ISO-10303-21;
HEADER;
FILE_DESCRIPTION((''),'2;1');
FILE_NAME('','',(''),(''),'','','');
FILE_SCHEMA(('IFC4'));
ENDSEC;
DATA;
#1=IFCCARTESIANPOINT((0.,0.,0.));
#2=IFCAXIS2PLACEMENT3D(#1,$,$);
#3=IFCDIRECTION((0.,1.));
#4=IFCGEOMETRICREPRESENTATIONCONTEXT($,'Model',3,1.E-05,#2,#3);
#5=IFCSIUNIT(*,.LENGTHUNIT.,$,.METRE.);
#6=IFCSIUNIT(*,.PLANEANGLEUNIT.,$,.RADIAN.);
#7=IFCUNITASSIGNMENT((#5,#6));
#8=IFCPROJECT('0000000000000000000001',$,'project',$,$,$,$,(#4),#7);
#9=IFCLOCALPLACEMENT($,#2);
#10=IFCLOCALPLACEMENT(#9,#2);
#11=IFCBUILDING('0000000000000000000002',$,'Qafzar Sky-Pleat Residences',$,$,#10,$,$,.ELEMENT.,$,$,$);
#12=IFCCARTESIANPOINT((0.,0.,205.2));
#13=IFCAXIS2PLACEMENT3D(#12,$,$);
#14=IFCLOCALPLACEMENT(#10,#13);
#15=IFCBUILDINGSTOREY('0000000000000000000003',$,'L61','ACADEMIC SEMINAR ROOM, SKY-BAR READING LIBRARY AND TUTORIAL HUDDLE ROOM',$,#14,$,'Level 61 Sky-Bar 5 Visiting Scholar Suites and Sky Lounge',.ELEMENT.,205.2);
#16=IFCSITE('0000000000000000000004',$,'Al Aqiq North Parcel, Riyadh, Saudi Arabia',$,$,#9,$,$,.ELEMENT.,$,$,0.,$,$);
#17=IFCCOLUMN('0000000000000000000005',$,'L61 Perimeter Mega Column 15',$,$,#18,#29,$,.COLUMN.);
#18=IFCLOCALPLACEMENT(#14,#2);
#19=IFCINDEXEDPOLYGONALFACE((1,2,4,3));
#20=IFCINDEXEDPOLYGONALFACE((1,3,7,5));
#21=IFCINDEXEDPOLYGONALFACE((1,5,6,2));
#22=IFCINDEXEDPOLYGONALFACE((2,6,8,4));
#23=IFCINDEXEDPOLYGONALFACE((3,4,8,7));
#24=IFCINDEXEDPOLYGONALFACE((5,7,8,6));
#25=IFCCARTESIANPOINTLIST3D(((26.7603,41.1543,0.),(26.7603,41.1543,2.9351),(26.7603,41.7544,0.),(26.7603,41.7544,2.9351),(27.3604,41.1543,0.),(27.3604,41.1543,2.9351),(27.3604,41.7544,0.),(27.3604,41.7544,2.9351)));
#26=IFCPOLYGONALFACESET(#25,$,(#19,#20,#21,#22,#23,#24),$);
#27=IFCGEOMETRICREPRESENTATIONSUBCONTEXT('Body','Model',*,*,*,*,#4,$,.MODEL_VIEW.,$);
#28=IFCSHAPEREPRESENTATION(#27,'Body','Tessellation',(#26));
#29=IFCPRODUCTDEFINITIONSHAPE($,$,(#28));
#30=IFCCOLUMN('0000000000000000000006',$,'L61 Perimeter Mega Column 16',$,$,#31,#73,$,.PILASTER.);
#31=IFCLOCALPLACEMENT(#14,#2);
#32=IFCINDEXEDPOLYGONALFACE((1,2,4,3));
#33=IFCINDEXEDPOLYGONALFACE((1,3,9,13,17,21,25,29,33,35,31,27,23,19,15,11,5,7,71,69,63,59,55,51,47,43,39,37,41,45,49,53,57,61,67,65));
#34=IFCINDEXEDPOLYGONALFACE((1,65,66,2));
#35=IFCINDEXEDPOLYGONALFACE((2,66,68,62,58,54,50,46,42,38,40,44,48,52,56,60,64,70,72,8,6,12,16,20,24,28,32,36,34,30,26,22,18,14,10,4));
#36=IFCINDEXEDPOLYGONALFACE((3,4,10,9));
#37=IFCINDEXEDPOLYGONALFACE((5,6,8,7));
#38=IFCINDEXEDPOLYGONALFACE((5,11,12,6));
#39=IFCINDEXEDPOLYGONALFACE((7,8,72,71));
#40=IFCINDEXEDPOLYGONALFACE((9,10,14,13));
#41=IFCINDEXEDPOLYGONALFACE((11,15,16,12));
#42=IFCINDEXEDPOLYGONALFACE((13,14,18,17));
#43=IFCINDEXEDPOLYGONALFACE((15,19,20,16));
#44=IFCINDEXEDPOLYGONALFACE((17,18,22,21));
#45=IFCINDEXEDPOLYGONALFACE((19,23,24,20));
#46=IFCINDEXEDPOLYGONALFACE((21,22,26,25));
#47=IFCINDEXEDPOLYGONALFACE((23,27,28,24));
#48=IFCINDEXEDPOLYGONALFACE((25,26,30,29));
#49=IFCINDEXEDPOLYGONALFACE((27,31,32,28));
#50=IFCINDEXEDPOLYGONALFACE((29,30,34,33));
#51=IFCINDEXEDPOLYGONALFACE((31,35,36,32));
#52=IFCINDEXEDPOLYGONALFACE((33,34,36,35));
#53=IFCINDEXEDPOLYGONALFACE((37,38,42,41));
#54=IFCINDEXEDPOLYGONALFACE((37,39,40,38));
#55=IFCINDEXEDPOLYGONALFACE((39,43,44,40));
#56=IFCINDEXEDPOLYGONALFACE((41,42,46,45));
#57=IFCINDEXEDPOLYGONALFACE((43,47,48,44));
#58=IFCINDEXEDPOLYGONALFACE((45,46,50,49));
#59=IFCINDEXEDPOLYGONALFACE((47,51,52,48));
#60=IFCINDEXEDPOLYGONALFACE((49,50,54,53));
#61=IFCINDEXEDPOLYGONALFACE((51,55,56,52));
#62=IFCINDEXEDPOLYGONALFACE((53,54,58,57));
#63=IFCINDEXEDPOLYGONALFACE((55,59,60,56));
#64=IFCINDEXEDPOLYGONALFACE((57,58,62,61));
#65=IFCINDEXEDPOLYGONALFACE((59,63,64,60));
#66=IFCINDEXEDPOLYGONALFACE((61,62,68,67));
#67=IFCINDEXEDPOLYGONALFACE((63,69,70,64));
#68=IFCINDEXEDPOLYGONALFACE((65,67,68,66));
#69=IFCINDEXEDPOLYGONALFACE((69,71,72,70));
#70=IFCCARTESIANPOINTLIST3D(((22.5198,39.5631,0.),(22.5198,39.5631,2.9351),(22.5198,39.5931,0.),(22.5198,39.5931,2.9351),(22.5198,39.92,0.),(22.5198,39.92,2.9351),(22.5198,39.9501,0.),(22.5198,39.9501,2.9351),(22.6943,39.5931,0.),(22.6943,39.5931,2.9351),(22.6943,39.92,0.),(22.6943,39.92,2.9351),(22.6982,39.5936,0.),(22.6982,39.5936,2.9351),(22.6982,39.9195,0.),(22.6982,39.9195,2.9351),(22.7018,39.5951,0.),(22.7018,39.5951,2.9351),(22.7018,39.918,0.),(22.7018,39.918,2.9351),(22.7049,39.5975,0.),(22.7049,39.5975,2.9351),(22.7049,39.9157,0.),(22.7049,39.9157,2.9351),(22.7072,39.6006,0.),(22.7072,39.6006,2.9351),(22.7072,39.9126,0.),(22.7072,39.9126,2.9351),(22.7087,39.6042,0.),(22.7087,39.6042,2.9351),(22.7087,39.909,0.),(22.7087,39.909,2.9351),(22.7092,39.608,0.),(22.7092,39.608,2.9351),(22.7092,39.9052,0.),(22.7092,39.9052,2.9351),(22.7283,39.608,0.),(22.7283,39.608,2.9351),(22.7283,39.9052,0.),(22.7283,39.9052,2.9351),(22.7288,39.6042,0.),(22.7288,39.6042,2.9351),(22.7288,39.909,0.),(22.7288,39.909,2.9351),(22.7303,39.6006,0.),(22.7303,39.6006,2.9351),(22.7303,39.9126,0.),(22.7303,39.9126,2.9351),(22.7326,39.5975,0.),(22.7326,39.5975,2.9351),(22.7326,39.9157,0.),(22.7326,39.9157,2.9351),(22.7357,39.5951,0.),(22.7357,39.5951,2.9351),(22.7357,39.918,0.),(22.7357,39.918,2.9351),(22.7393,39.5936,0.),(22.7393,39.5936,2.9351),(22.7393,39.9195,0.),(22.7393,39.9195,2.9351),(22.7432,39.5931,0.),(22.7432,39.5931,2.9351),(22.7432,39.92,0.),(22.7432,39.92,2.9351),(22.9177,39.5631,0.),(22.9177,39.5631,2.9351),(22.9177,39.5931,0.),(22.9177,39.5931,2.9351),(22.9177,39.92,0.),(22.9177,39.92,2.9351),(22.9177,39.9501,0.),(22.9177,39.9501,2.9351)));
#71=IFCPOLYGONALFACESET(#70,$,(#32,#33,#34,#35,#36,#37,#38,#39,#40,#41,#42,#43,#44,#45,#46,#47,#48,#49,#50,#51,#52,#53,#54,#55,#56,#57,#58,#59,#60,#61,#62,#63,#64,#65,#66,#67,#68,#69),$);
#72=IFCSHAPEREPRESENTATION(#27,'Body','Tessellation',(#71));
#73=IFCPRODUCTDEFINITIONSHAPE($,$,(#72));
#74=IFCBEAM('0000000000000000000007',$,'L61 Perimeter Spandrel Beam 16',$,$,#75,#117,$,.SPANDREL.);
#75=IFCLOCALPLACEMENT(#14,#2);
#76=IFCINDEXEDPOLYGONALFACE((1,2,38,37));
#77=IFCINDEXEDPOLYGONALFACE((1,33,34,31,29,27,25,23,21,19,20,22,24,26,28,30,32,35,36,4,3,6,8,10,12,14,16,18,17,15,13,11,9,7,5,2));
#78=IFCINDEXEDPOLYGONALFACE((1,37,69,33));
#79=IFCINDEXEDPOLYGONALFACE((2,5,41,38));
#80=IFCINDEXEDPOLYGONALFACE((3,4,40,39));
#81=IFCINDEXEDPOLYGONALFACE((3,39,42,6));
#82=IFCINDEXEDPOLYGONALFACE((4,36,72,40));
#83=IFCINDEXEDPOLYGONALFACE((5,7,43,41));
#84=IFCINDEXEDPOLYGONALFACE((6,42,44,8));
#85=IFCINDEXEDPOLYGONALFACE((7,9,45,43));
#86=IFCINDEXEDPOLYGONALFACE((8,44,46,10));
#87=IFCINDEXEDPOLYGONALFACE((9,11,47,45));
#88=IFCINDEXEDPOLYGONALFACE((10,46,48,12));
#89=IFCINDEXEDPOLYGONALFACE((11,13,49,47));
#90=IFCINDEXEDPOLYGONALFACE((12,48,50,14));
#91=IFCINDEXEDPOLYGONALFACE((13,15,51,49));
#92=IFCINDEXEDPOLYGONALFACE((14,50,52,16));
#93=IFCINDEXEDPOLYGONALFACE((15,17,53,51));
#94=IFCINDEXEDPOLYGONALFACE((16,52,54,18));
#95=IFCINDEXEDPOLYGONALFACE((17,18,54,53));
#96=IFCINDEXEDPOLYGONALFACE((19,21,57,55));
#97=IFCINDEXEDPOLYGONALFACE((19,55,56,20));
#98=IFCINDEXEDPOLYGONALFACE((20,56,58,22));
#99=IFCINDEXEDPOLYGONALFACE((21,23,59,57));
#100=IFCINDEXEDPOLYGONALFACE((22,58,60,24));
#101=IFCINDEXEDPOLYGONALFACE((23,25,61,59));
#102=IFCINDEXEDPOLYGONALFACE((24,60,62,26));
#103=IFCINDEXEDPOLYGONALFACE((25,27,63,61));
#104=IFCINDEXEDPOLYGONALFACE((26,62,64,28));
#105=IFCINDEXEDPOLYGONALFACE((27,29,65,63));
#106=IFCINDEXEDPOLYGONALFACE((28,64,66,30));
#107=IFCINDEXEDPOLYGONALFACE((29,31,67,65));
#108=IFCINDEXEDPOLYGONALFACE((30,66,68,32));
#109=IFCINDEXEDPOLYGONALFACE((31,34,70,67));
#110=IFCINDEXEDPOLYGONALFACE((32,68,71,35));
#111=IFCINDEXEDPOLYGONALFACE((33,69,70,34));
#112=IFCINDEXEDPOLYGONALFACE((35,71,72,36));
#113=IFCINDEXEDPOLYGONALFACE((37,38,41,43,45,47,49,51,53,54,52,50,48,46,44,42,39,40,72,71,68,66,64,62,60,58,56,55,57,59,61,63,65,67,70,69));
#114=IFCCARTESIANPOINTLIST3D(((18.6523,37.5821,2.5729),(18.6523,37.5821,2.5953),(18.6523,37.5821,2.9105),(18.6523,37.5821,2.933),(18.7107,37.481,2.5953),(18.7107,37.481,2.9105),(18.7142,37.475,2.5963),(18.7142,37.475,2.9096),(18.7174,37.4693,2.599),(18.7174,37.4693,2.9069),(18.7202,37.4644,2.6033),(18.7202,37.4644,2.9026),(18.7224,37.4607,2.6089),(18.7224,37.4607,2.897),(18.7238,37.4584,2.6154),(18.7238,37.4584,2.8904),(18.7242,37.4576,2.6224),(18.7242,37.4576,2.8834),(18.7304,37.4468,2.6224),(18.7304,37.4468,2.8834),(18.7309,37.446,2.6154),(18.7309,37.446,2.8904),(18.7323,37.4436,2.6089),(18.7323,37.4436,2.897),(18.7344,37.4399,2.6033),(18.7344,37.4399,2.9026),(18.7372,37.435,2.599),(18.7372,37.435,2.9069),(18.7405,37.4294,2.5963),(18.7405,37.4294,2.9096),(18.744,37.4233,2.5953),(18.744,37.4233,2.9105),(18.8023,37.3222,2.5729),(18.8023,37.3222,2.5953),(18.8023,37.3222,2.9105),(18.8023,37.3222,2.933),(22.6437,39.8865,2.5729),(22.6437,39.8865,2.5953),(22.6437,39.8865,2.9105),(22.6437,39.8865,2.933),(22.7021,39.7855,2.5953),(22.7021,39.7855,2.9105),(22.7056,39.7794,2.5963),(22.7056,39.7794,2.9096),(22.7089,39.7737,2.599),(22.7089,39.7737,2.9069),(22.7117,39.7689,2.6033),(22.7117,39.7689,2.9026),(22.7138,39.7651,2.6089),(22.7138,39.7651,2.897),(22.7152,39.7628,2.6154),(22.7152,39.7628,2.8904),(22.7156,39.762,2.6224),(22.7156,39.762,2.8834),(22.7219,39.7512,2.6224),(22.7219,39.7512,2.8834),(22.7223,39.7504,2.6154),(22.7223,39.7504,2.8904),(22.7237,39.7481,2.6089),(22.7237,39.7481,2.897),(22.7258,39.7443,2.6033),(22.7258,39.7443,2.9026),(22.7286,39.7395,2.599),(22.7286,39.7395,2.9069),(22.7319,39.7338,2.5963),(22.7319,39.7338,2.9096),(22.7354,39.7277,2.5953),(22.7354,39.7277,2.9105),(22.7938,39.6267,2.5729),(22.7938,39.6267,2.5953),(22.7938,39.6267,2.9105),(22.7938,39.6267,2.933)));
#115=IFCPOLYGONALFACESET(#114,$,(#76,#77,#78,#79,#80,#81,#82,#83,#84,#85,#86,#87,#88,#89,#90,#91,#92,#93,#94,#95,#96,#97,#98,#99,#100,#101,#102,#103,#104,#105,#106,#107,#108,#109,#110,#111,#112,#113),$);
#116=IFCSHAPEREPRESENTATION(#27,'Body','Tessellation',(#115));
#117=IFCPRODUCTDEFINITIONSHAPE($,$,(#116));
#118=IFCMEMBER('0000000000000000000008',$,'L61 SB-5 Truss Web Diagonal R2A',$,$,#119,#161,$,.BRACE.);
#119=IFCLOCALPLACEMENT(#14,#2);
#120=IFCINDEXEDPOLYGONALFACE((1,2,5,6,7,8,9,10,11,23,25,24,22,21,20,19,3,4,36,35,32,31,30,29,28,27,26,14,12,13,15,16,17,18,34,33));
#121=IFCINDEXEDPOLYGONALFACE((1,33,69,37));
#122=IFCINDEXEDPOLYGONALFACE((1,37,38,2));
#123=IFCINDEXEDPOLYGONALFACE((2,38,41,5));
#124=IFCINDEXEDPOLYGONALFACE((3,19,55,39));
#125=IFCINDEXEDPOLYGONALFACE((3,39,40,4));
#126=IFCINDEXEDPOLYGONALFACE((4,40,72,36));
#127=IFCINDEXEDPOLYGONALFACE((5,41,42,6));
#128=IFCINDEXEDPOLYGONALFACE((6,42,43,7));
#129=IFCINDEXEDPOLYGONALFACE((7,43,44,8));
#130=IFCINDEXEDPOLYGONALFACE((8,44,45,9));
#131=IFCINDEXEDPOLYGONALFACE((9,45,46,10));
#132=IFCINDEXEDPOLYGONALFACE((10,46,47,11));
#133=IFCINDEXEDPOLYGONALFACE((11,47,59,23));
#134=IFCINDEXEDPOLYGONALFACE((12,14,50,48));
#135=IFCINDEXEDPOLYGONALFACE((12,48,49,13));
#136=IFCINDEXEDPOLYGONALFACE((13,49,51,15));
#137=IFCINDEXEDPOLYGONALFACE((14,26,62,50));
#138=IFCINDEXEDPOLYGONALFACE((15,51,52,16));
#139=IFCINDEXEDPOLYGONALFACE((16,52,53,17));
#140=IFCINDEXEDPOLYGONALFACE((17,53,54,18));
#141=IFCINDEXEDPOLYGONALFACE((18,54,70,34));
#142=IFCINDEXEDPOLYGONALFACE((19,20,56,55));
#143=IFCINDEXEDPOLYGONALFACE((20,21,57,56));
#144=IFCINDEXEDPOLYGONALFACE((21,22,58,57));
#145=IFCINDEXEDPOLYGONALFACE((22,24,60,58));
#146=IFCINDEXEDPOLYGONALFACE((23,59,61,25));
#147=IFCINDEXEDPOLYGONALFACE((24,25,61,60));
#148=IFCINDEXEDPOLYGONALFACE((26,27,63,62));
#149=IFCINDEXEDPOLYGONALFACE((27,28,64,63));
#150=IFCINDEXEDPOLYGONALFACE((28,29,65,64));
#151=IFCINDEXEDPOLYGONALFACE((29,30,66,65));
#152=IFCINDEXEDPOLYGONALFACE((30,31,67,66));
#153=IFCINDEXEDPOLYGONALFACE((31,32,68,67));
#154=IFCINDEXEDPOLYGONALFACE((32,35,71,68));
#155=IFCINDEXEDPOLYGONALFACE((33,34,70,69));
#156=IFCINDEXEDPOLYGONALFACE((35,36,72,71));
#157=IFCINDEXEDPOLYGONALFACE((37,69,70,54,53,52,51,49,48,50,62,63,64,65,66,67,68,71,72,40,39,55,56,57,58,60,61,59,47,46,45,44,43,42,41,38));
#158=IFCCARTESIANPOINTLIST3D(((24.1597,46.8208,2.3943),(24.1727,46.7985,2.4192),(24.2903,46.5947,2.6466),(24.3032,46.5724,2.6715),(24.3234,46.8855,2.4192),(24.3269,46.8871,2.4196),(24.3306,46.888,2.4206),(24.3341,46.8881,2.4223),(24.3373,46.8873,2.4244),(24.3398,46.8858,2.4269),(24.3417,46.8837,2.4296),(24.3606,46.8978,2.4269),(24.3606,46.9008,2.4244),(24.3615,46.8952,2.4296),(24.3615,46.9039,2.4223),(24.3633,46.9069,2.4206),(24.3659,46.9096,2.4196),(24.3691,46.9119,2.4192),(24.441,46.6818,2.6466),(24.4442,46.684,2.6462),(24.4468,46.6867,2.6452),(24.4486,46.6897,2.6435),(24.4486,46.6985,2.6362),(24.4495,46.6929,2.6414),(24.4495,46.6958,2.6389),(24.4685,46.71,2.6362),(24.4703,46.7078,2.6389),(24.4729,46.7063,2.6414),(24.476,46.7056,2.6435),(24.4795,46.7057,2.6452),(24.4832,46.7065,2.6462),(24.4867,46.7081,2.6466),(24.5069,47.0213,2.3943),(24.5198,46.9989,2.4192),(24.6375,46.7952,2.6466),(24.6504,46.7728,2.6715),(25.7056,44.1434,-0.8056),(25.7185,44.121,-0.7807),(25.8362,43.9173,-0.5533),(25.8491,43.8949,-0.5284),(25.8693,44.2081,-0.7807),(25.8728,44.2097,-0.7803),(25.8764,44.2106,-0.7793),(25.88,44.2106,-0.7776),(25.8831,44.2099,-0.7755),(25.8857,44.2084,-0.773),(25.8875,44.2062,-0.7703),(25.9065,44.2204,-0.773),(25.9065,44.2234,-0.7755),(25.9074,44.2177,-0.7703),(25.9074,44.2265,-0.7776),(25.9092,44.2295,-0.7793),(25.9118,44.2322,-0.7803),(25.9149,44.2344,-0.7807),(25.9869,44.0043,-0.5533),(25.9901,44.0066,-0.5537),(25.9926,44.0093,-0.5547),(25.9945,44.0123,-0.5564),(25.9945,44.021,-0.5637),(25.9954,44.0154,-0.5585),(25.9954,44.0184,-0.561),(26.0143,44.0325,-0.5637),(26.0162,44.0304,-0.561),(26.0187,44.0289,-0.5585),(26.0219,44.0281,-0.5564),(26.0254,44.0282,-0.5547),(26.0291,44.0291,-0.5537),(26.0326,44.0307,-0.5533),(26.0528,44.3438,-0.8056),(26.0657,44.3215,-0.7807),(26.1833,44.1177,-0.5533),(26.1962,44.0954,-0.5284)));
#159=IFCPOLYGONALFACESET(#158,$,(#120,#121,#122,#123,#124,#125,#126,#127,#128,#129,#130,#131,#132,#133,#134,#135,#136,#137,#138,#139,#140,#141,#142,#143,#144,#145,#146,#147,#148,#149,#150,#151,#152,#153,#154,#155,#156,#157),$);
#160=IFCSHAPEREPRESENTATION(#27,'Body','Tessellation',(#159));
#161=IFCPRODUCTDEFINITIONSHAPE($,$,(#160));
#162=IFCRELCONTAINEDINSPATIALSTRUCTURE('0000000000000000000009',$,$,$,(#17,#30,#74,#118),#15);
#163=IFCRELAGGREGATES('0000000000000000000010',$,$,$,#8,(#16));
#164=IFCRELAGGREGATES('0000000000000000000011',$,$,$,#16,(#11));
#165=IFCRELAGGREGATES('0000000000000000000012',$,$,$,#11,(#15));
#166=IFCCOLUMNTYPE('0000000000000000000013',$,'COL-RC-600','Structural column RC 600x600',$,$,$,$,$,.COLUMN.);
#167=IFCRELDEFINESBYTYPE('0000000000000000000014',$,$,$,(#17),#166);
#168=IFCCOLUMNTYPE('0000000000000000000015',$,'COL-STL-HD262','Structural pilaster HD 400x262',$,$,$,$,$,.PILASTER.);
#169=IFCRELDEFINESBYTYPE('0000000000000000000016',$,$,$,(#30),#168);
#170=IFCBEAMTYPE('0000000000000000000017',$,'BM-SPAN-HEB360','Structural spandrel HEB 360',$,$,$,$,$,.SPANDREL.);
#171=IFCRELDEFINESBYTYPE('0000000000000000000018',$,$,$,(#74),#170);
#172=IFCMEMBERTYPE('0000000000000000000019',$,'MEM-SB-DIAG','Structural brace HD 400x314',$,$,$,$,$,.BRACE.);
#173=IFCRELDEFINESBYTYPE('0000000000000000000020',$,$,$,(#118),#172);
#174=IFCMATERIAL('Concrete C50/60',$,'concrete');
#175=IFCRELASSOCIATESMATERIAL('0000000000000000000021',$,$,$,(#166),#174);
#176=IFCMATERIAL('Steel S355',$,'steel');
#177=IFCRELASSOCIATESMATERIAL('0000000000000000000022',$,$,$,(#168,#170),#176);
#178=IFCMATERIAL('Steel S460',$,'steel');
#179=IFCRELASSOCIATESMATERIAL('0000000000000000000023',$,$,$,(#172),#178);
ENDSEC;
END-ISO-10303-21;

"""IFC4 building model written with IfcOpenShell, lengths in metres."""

from ifc_helpers import new_model, si_unit, direction, frame, origin, origin_2d, place, context, subcontext, project, spatial, rectangle, i_section, extrude, source, transform, mapped, material, material_profile, profile_set, type_object, element, save


model = new_model("IFC4")

# Units and contexts
model_context = context("Model", 3, precision=1e-05, world=origin(), true_north=direction((0.0, 1.0)))
body_context = subcontext(model_context, "Body", "Model", "MODEL_VIEW")
ifc_project = project(units=[si_unit("LENGTHUNIT", "METRE"), si_unit("PLANEANGLEUNIT", "RADIAN")], contexts=[model_context])

# Site, building, storey
site_placement = place(None, origin())
site = spatial("IfcSite", under=ifc_project, at=site_placement, Name="Al Aqiq North Parcel, Riyadh, Saudi Arabia", CompositionType="ELEMENT", RefElevation=0.0)
building_placement = place(site_placement, origin())
building = spatial("IfcBuilding", under=site, at=building_placement, Name="Qafzar Sky-Pleat Residences", CompositionType="ELEMENT")
storey_placement = place(building_placement, frame((0.0, 0.0, 205.2)))
storey = spatial("IfcBuildingStorey", under=building, at=storey_placement, Name="L61", Description="ACADEMIC SEMINAR ROOM, SKY-BAR READING LIBRARY AND TUTORIAL HUDDLE ROOM", LongName="Level 61 Sky-Bar 5 Visiting Scholar Suites and Sky Lounge", CompositionType="ELEMENT", Elevation=205.2)

# Columns
ifc_material_1 = material(Name="Concrete C50/60", Category="concrete")
ifc_material_profile_1 = material_profile(ifc_material_1, rectangle(XDim=0.6001, YDim=0.6001, at=origin_2d()), Name="RC 600x600")
ifc_profile_set_1 = profile_set([ifc_material_profile_1], Name="Concrete C50/60")
column_type_1 = type_object("IfcColumnType", Name="COL-RC-600", Description="Structural column RC 600x600", PredefinedType="COLUMN", material=ifc_profile_set_1)
shared_shape_1 = source(origin(), body_context, "Body", "SweptSolid", [
    extrude(rectangle(XDim=0.6001, YDim=0.6001, at=origin_2d()), origin(), (0.0, 0.0, 1.0), 2.9351),
])
column_1_placement = place(storey_placement, frame((27.0603, 41.4543, 0.0), z_axis=(0.0, 0.0, 1.0), x_axis=(1.0, 0.0, 0.0)))
element("IfcColumn", 1, at=column_1_placement, inside=storey, type_object=column_type_1, Name="L61 Perimeter Mega Column 15", PredefinedType="COLUMN", context=body_context, shape_type="MappedRepresentation", body=[
    mapped(shared_shape_1, transform((0.0, 0.0, 0.0), x_axis=(1.0, 0.0, 0.0), y_axis=(0.0, 1.0, 0.0), z_axis=(0.0, 0.0, 1.0), scale=1.0)),
])
ifc_material_2 = material(Name="Steel S355", Category="steel")
ifc_material_profile_2 = material_profile(ifc_material_2, i_section(OverallWidth=0.3979, OverallDepth=0.387, WebThickness=0.019, FlangeThickness=0.03, FilletRadius=0.0149, at=origin_2d()), Name="HD 400x262")
ifc_profile_set_2 = profile_set([ifc_material_profile_2], Name="Steel S355")
column_type_2 = type_object("IfcColumnType", Name="COL-STL-HD262", Description="Structural pilaster HD 400x262", PredefinedType="PILASTER", material=ifc_profile_set_2)
shared_shape_2 = source(origin(), body_context, "Body", "SweptSolid", [
    extrude(i_section(OverallWidth=0.3979, OverallDepth=0.387, WebThickness=0.019, FlangeThickness=0.03, FilletRadius=0.0149, at=origin_2d()), origin(), (0.0, 0.0, 1.0), 2.9351),
])
column_2_placement = place(storey_placement, frame((22.7188, 39.7566, 0.0), z_axis=(0.0, 0.0, 1.0), x_axis=(1.0, 0.0, 0.0)))
element("IfcColumn", 2, at=column_2_placement, inside=storey, type_object=column_type_2, Name="L61 Perimeter Mega Column 16", PredefinedType="PILASTER", context=body_context, shape_type="MappedRepresentation", body=[
    mapped(shared_shape_2, transform((0.0, 0.0, 0.0), x_axis=(1.0, 0.0, 0.0), y_axis=(0.0, 1.0, 0.0), z_axis=(0.0, 0.0, 1.0), scale=1.0)),
])

# Beam
ifc_material_profile_3 = material_profile(ifc_material_2, i_section(OverallWidth=0.3, OverallDepth=0.3601, WebThickness=0.0125, FlangeThickness=0.0225, FilletRadius=0.0271, at=origin_2d()), Name="HEB 360")
ifc_profile_set_3 = profile_set([ifc_material_profile_3], Name="Steel S355")
beam_type_1 = type_object("IfcBeamType", Name="BM-SPAN-HEB360", Description="Structural spandrel HEB 360", PredefinedType="SPANDREL", material=ifc_profile_set_3)
shared_shape_3 = source(origin(), body_context, "Body", "SweptSolid", [
    extrude(i_section(OverallWidth=0.3, OverallDepth=0.3601, WebThickness=0.0125, FlangeThickness=0.0225, FilletRadius=0.0271, at=origin_2d()), origin(), (0.0, 0.0, 1.0), 4.6089),
])
beam_1_placement = place(storey_placement, frame((22.7188, 39.7566, 2.7529), z_axis=(-0.866028, -0.499996, 0.0), x_axis=(0.499996, -0.866028, 0.0)))
element("IfcBeam", 3, at=beam_1_placement, inside=storey, type_object=beam_type_1, Name="L61 Perimeter Spandrel Beam 16", PredefinedType="SPANDREL", context=body_context, shape_type="MappedRepresentation", body=[
    mapped(shared_shape_3, transform((0.0, 0.0, 0.0), x_axis=(1.0, 0.0, 0.0), y_axis=(0.0, 1.0, 0.0), z_axis=(0.0, 0.0, 1.0), scale=1.0)),
])

# Member
ifc_material_3 = material(Name="Steel S460", Category="steel")
ifc_material_profile_4 = material_profile(ifc_material_3, i_section(OverallWidth=0.4009, OverallDepth=0.3989, WebThickness=0.0229, FlangeThickness=0.0359, FilletRadius=0.0149, at=origin_2d()), Name="HD 400x314")
ifc_profile_set_4 = profile_set([ifc_material_profile_4], Name="Steel S460")
member_type = type_object("IfcMemberType", Name="MEM-SB-DIAG", Description="Structural brace HD 400x314", PredefinedType="BRACE", material=ifc_profile_set_4)
shared_shape_4 = source(origin(), body_context, "Body", "SweptSolid", [
    extrude(i_section(OverallWidth=0.4009, OverallDepth=0.3989, WebThickness=0.0229, FlangeThickness=0.0359, FilletRadius=0.0149, at=origin_2d()), origin(), (0.0, 0.0, 1.0), 4.4495),
])
for number, where, z_axis, x_axis, name in (
    (4, (25.9509, 44.1194, -0.667), (-0.347428, 0.601745, 0.719164), (-0.866019, -0.500012, 0.0), "L61 SB-5 Truss Web Diagonal R2A"),
):
    element("IfcMember", number, at=place(storey_placement, frame(where, z_axis=z_axis, x_axis=x_axis)), inside=storey, type_object=member_type, Name=name, PredefinedType="BRACE", context=body_context, shape_type="MappedRepresentation", body=[
        mapped(shared_shape_4, transform((0.0, 0.0, 0.0), x_axis=(1.0, 0.0, 0.0), y_axis=(0.0, 1.0, 0.0), z_axis=(0.0, 0.0, 1.0), scale=1.0)),
    ])

save(model, "model.ifc")
